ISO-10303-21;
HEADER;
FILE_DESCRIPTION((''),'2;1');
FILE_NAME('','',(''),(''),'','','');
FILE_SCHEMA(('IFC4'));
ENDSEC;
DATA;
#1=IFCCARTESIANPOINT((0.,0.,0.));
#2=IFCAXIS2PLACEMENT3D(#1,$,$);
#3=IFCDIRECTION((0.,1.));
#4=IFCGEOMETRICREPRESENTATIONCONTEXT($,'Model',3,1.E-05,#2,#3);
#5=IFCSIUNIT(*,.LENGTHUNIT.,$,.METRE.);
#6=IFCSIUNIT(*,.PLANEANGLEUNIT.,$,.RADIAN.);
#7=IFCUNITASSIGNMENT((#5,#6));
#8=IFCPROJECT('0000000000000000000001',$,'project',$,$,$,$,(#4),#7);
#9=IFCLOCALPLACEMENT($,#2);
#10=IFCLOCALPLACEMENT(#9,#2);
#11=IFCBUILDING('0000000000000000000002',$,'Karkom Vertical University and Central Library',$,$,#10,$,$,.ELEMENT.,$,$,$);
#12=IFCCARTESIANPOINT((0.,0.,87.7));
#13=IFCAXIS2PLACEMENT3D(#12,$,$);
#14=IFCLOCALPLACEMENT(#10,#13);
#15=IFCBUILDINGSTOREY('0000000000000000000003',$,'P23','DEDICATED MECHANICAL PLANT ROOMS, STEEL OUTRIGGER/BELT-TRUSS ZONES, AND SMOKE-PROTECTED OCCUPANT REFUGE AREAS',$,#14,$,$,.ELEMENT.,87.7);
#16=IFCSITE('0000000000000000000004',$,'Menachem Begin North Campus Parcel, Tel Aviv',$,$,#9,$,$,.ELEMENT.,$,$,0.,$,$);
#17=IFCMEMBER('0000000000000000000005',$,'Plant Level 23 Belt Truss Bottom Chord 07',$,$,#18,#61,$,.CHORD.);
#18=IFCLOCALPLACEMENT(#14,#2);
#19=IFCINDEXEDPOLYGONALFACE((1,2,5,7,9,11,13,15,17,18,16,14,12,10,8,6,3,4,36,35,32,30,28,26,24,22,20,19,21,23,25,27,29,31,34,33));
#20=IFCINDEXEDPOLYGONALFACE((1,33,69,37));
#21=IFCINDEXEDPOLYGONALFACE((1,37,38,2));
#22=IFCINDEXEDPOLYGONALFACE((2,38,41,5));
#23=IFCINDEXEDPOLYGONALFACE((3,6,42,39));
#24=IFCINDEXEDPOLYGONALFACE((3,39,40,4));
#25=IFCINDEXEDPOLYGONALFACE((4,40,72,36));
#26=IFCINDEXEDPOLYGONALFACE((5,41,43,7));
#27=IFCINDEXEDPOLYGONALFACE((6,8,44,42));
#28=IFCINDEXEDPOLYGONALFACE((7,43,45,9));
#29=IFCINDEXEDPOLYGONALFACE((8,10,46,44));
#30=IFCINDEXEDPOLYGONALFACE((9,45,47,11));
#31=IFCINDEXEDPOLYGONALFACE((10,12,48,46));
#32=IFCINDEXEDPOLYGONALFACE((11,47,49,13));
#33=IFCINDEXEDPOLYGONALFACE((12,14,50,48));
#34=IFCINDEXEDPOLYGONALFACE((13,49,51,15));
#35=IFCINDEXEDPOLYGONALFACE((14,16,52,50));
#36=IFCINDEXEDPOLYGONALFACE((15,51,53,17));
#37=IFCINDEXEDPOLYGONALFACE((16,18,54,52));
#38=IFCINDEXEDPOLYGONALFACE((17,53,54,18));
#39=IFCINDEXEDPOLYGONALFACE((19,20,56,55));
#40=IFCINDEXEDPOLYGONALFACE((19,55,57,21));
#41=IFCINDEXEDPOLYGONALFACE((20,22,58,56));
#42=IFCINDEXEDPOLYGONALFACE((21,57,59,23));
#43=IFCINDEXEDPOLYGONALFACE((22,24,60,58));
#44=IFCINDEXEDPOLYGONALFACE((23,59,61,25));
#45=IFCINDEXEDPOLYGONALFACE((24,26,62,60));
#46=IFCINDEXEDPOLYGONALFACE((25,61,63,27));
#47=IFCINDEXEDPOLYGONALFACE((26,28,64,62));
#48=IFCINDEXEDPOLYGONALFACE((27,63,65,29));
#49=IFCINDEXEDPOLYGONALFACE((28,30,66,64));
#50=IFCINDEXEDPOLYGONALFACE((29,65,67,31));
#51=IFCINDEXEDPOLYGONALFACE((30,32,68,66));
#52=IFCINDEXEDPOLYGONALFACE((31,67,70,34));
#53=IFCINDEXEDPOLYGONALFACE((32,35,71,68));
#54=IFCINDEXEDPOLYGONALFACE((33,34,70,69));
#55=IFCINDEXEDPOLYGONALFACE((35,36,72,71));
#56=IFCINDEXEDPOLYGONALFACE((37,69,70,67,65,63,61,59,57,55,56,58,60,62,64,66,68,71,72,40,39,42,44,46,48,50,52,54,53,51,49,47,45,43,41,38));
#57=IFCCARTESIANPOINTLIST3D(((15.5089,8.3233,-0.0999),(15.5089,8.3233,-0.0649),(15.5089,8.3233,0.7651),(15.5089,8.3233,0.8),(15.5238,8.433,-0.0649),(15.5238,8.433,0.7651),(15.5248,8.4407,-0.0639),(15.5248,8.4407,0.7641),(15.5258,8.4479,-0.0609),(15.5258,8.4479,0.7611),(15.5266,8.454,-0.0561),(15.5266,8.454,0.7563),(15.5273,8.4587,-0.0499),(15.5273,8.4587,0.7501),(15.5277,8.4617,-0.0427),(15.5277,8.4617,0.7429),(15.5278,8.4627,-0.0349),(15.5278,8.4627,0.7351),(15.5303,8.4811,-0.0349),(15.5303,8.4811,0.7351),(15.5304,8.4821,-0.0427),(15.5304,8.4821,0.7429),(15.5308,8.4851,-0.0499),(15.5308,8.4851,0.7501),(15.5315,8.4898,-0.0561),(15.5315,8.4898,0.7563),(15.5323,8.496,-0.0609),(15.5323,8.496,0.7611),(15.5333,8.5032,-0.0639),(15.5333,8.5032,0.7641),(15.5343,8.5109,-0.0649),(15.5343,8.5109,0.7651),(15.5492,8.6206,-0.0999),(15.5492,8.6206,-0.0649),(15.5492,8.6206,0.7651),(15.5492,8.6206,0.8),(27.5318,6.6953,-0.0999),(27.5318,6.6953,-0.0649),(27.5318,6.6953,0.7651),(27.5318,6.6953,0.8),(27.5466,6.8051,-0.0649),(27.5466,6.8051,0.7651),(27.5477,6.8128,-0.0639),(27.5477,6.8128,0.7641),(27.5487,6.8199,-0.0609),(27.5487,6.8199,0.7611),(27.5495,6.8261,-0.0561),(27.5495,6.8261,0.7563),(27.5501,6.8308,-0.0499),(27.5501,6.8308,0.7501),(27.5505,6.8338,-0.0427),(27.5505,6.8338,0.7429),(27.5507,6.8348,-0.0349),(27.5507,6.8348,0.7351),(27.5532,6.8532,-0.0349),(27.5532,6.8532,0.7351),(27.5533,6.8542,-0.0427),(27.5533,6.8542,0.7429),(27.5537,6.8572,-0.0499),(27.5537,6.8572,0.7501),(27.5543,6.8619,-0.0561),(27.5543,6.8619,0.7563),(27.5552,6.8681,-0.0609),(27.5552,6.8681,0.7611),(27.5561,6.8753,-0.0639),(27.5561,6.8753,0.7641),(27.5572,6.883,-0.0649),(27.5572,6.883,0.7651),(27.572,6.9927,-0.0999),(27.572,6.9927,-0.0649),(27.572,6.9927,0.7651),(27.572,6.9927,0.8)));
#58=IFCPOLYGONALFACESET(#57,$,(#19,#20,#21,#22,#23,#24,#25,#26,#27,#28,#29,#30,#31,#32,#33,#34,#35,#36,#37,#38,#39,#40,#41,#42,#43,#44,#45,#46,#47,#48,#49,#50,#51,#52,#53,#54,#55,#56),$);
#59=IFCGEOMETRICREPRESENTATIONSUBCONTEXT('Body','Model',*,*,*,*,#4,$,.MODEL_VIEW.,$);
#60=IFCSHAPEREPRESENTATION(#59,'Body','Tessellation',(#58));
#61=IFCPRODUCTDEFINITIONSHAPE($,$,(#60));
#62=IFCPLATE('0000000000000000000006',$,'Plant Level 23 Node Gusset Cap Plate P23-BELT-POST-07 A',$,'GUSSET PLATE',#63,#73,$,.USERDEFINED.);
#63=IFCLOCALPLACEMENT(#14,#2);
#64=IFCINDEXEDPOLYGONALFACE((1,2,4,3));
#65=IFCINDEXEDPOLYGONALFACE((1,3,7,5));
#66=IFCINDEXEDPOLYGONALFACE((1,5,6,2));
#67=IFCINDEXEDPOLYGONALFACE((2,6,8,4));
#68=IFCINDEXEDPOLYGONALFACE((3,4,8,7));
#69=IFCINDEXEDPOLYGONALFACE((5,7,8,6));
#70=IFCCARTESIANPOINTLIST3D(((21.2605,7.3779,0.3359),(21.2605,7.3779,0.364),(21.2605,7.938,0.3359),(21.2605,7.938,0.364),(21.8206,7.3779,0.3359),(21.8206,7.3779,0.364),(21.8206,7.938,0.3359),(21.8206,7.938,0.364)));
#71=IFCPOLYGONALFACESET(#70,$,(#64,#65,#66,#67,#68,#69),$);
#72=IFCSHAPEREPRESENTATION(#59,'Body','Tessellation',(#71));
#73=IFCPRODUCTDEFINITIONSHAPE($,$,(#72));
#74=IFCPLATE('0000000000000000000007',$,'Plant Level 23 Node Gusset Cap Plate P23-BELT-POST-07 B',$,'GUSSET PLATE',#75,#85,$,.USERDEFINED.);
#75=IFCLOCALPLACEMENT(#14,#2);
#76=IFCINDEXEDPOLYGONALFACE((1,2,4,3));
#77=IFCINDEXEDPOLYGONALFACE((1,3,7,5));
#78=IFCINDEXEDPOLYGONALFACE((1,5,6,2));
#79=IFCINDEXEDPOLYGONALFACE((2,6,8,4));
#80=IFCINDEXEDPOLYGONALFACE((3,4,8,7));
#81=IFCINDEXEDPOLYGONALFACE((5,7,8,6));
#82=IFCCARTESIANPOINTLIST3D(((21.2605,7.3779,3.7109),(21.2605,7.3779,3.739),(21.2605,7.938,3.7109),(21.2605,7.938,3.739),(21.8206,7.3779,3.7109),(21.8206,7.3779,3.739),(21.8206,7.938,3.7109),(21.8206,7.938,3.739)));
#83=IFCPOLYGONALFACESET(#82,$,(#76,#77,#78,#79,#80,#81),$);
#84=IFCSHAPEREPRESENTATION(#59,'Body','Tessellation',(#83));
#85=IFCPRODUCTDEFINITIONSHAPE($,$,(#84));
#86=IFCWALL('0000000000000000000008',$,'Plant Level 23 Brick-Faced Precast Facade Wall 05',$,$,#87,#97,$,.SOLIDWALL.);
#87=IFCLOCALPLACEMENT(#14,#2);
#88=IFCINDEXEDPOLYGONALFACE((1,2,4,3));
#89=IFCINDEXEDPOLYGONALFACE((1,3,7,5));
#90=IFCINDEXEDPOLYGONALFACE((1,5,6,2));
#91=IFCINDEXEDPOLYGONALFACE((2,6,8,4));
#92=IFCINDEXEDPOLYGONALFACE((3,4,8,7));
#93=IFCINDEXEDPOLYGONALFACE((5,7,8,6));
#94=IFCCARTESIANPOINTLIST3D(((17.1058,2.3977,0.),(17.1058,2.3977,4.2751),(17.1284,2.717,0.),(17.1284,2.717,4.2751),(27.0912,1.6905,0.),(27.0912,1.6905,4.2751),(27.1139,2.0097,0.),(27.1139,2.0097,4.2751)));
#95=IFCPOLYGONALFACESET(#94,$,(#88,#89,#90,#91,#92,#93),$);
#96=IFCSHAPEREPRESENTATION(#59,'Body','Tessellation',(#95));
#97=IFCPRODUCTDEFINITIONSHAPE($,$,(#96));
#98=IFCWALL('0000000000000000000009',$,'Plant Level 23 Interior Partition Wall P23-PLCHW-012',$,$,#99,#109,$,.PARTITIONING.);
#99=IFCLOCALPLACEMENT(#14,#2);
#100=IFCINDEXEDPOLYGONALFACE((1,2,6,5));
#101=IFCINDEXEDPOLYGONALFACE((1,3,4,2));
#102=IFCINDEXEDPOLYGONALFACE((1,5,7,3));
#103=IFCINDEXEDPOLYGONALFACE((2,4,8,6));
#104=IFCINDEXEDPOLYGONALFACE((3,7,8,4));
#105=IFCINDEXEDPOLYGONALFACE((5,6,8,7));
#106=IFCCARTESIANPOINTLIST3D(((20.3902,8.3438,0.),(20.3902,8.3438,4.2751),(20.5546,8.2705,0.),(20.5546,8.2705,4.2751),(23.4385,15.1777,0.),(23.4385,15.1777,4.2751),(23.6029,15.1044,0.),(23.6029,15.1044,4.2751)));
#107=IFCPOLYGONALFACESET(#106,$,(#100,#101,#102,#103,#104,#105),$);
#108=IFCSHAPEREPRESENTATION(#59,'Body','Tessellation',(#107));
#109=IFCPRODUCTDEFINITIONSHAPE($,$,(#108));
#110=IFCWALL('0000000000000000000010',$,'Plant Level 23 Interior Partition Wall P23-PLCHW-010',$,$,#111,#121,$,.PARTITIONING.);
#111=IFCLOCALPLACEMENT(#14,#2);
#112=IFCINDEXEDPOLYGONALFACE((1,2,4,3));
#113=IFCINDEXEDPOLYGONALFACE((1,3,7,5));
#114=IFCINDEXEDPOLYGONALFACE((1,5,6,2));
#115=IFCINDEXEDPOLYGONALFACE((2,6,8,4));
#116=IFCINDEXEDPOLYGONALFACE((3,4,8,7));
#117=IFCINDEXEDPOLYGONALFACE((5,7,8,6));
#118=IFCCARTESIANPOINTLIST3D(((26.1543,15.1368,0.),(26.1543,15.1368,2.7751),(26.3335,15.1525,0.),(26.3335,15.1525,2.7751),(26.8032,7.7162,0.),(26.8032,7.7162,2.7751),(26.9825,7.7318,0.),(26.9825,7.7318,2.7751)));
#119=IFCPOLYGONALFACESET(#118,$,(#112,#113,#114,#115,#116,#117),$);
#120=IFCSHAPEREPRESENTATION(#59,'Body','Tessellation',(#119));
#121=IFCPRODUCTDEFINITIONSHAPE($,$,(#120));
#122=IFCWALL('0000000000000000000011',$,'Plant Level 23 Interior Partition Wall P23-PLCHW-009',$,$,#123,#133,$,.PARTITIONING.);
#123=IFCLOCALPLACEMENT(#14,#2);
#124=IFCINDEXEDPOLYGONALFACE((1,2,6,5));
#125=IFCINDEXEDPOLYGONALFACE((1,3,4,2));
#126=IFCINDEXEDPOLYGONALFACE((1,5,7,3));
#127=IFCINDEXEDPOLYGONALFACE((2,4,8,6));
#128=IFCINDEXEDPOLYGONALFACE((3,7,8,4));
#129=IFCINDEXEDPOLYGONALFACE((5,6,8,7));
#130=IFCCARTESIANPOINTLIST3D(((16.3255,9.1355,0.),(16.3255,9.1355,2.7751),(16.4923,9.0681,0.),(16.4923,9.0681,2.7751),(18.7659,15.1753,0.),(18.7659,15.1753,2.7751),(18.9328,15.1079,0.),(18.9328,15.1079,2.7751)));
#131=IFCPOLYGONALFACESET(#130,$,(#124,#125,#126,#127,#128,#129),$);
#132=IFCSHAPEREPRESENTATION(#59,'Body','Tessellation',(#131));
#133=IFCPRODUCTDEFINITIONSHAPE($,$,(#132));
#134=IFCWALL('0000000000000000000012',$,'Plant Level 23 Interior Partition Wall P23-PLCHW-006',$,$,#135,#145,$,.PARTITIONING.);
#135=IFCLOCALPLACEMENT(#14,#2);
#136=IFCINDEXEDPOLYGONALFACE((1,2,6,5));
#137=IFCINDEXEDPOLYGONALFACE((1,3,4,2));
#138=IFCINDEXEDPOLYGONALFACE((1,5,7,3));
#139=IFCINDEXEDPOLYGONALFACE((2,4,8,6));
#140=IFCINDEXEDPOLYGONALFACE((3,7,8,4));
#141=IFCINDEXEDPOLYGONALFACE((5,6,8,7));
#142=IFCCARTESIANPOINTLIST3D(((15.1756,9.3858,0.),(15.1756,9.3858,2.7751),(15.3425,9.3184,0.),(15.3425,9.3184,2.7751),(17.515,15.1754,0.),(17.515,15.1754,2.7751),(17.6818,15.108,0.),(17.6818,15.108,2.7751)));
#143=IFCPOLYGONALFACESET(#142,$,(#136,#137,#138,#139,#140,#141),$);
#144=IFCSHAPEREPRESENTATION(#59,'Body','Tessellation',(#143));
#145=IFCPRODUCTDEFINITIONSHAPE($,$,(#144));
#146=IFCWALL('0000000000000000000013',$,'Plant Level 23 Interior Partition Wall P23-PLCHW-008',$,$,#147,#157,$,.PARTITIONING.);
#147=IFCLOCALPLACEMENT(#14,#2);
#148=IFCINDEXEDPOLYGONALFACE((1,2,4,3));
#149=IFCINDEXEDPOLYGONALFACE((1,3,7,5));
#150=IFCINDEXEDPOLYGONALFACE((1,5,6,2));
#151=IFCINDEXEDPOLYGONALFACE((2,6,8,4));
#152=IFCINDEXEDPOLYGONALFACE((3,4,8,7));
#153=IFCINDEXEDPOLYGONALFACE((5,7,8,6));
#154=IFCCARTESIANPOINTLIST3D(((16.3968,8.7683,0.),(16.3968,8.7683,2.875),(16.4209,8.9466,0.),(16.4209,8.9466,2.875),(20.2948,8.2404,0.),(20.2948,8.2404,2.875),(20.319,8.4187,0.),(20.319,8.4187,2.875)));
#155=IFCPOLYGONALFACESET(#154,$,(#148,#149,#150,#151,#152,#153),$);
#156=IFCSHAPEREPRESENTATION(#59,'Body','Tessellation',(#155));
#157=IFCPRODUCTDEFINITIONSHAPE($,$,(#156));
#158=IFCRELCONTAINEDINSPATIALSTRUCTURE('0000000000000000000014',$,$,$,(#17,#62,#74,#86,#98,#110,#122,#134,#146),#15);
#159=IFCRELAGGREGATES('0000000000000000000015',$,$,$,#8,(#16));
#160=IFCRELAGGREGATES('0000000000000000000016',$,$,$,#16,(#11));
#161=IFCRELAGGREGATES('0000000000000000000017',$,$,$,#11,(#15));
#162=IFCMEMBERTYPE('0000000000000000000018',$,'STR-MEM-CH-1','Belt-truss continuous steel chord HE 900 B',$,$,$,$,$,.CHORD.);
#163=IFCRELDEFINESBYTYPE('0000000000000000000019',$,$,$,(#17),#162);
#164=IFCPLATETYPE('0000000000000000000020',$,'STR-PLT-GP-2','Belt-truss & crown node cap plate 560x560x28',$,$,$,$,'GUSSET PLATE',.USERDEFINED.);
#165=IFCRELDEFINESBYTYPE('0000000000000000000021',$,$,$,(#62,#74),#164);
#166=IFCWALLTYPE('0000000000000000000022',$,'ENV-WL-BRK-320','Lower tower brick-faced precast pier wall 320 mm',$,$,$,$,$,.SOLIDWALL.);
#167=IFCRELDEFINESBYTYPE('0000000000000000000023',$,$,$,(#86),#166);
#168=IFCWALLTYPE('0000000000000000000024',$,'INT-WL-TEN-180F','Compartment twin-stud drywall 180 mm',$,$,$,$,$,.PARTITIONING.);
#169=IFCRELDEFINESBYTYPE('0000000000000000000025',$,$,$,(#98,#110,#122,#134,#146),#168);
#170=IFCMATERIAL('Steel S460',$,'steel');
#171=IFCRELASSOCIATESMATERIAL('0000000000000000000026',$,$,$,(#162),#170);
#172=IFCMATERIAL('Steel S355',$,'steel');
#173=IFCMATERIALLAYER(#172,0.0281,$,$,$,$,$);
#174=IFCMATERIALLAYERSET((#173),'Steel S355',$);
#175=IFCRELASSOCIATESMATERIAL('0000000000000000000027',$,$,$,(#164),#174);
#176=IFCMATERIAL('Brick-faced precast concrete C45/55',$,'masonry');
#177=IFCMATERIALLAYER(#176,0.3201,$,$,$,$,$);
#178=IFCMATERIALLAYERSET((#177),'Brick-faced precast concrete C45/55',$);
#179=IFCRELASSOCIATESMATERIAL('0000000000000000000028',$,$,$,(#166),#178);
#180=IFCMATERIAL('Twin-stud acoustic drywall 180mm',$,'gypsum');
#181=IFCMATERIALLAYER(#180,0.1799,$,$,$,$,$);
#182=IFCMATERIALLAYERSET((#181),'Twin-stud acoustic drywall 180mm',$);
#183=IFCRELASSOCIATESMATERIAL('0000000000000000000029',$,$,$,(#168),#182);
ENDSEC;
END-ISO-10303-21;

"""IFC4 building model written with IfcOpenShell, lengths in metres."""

from ifc_helpers import new_model, si_unit, direction, frame, frame_2d, origin, origin_with_axes, origin_2d, place, context, subcontext, project, spatial, rectangle, i_section, extrude, source, transform, mapped, material, layer, layer_set, material_profile, profile_set, type_object, element, save


model = new_model("IFC4")

# Units and contexts
model_context = context("Model", 3, precision=1e-05, world=origin(), true_north=direction((0.0, 1.0)))
body_context = subcontext(model_context, "Body", "Model", "MODEL_VIEW")
ifc_project = project(units=[si_unit("LENGTHUNIT", "METRE"), si_unit("PLANEANGLEUNIT", "RADIAN")], contexts=[model_context])

# Site, building, storey
site_placement = place(None, origin())
site = spatial("IfcSite", under=ifc_project, at=site_placement, Name="Menachem Begin North Campus Parcel, Tel Aviv", CompositionType="ELEMENT", RefElevation=0.0)
building_placement = place(site_placement, origin())
building = spatial("IfcBuilding", under=site, at=building_placement, Name="Karkom Vertical University and Central Library", CompositionType="ELEMENT")
storey_placement = place(building_placement, frame((0.0, 0.0, 87.7)))
storey = spatial("IfcBuildingStorey", under=building, at=storey_placement, Name="P23", Description="DEDICATED MECHANICAL PLANT ROOMS, STEEL OUTRIGGER/BELT-TRUSS ZONES, AND SMOKE-PROTECTED OCCUPANT REFUGE AREAS", CompositionType="ELEMENT", Elevation=87.7)

# Shared definitions
ifc_material_1 = material(Name="Steel S355", Category="steel")

# Member
ifc_material_2 = material(Name="Steel S460", Category="steel")
ifc_material_profile_1 = material_profile(ifc_material_2, i_section(OverallWidth=0.3, OverallDepth=0.8999, WebThickness=0.0186, FlangeThickness=0.0349, FilletRadius=0.03, at=origin_2d()), Name="HE 900 B")
ifc_profile_set_1 = profile_set([ifc_material_profile_1], Name="Steel S460")
member_type_1 = type_object("IfcMemberType", Name="STR-MEM-CH-1", Description="Belt-truss continuous steel chord HE 900 B", PredefinedType="CHORD", material=ifc_profile_set_1)
shared_shape_1 = source(origin_with_axes(), body_context, "Body", "SweptSolid", [
    extrude(i_section(OverallWidth=0.3, OverallDepth=0.8999, WebThickness=0.0186, FlangeThickness=0.0349, FilletRadius=0.03, at=origin_2d()), origin(), (0.0, 0.0, 1.0), 12.1326),
])
member_1_placement = place(storey_placement, frame((15.5291, 8.4719, 0.3501), z_axis=(0.990957, -0.134177, 0.0), x_axis=(0.134177, 0.990957, 0.0)))
element("IfcMember", 1, at=member_1_placement, inside=storey, type_object=member_type_1, Name="Plant Level 23 Belt Truss Bottom Chord 07", PredefinedType="CHORD", context=body_context, shape_type="MappedRepresentation", body=[
    mapped(shared_shape_1, transform((0.0, 0.0, 0.0), scale=1.0)),
])

# Plates
ifc_layer_1 = layer(ifc_material_1, 0.0281)
ifc_layer_set_1 = layer_set([ifc_layer_1], Name="Steel S355")
plate_type = type_object("IfcPlateType", Name="STR-PLT-GP-2", Description="Belt-truss & crown node cap plate 560x560x28", ElementType="GUSSET PLATE", PredefinedType="USERDEFINED", material=ifc_layer_set_1)
shared_shape_2 = source(origin_with_axes(), body_context, "Body", "SweptSolid", [
    extrude(rectangle(XDim=0.5601, YDim=0.5601, at=origin_2d()), origin(), (0.0, 0.0, 1.0), 0.0281),
])
for number, where, z_axis, x_axis, name in (
    (2, (21.5405, 7.658, 0.3359), (0.0, 0.0, 1.0), (1.0, 0.0, 0.0), "Plant Level 23 Node Gusset Cap Plate P23-BELT-POST-07 A"),
    (3, (21.5405, 7.658, 3.7109), (0.0, 0.0, 1.0), (1.0, 0.0, 0.0), "Plant Level 23 Node Gusset Cap Plate P23-BELT-POST-07 B"),
):
    element("IfcPlate", number, at=place(storey_placement, frame(where, z_axis=z_axis, x_axis=x_axis)), inside=storey, type_object=plate_type, Name=name, ObjectType="GUSSET PLATE", PredefinedType="USERDEFINED", context=body_context, shape_type="MappedRepresentation", body=[
        mapped(shared_shape_2, transform((0.0, 0.0, 0.0), scale=1.0)),
    ])

# Walls
ifc_material_3 = material(Name="Brick-faced precast concrete C45/55", Category="masonry")
ifc_layer_2 = layer(ifc_material_3, 0.3201)
ifc_layer_set_2 = layer_set([ifc_layer_2], Name="Brick-faced precast concrete C45/55")
wall_type_1 = type_object("IfcWallType", Name="ENV-WL-BRK-320", Description="Lower tower brick-faced precast pier wall 320 mm", PredefinedType="SOLIDWALL", material=ifc_layer_set_2)
wall_1_placement = place(storey_placement, frame((17.1169, 2.5574, 0.0), z_axis=(0.0, 0.0, 1.0), x_axis=(0.997501, -0.070653, 0.0)))
element("IfcWall", 4, at=wall_1_placement, inside=storey, type_object=wall_type_1, Name="Plant Level 23 Brick-Faced Precast Facade Wall 05", PredefinedType="SOLIDWALL", context=body_context, shape_type="SweptSolid", body=[
    extrude(rectangle(XDim=10.0105, YDim=0.3201, at=frame_2d((5.0054, 0.0))), origin(), (0.0, 0.0, 1.0), 4.2751),
])
ifc_material_4 = material(Name="Twin-stud acoustic drywall 180mm", Category="gypsum")
ifc_layer_3 = layer(ifc_material_4, 0.1799)
ifc_layer_set_3 = layer_set([ifc_layer_3], Name="Twin-stud acoustic drywall 180mm")
wall_type_2 = type_object("IfcWallType", Name="INT-WL-TEN-180F", Description="Compartment twin-stud drywall 180 mm", PredefinedType="PARTITIONING", material=ifc_layer_set_3)
wall_2_placement = place(storey_placement, frame((20.4724, 8.3071, 0.0), z_axis=(0.0, 0.0, 1.0), x_axis=(0.407367, 0.913264, 0.0)))
element("IfcWall", 5, at=wall_2_placement, inside=storey, type_object=wall_type_2, Name="Plant Level 23 Interior Partition Wall P23-PLCHW-012", PredefinedType="PARTITIONING", context=body_context, shape_type="SweptSolid", body=[
    extrude(rectangle(XDim=7.4829, YDim=0.1799, at=frame_2d((3.7415, 0.0))), origin(), (0.0, 0.0, 1.0), 4.2751),
])
wall_3_placement = place(storey_placement, frame((26.2439, 15.1448, 0.0), z_axis=(0.0, 0.0, 1.0), x_axis=(0.087116, -0.996198, 0.0)))
element("IfcWall", 6, at=wall_3_placement, inside=storey, type_object=wall_type_2, Name="Plant Level 23 Interior Partition Wall P23-PLCHW-010", PredefinedType="PARTITIONING", context=body_context, shape_type="SweptSolid", body=[
    extrude(rectangle(XDim=7.449, YDim=0.1799, at=frame_2d((3.7246, 0.0))), origin(), (0.0, 0.0, 1.0), 2.7751),
])
wall_4_placement = place(storey_placement, frame((16.4089, 9.1018, 0.0), z_axis=(0.0, 0.0, 1.0), x_axis=(0.374632, 0.927174, 0.0)))
element("IfcWall", 7, at=wall_4_placement, inside=storey, type_object=wall_type_2, Name="Plant Level 23 Interior Partition Wall P23-PLCHW-009", PredefinedType="PARTITIONING", context=body_context, shape_type="SweptSolid", body=[
    extrude(rectangle(XDim=6.5142, YDim=0.1799, at=frame_2d((3.2571, 0.0))), origin(), (0.0, 0.0, 1.0), 2.7751),
])
wall_5_placement = place(storey_placement, frame((17.5984, 15.1416, 0.0), z_axis=(0.0, 0.0, 1.0), x_axis=(-0.374638, -0.927171, 0.0)))
element("IfcWall", 8, at=wall_5_placement, inside=storey, type_object=wall_type_2, Name="Plant Level 23 Interior Partition Wall P23-PLCHW-006", PredefinedType="PARTITIONING", context=body_context, shape_type="SweptSolid", body=[
    extrude(rectangle(XDim=6.2444, YDim=0.1799, at=frame_2d((3.1221, 0.0))), origin(), (0.0, 0.0, 1.0), 2.7751),
])
wall_6_placement = place(storey_placement, frame((20.3069, 8.3296, 0.0), z_axis=(0.0, 0.0, 1.0), x_axis=(-0.990956, 0.134188, 0.0)))
element("IfcWall", 9, at=wall_6_placement, inside=storey, type_object=wall_type_2, Name="Plant Level 23 Interior Partition Wall P23-PLCHW-008", PredefinedType="PARTITIONING", context=body_context, shape_type="SweptSolid", body=[
    extrude(rectangle(XDim=3.9336, YDim=0.1799, at=frame_2d((1.9668, 0.0))), origin(), (0.0, 0.0, 1.0), 2.875),
])

save(model, "model.ifc")
